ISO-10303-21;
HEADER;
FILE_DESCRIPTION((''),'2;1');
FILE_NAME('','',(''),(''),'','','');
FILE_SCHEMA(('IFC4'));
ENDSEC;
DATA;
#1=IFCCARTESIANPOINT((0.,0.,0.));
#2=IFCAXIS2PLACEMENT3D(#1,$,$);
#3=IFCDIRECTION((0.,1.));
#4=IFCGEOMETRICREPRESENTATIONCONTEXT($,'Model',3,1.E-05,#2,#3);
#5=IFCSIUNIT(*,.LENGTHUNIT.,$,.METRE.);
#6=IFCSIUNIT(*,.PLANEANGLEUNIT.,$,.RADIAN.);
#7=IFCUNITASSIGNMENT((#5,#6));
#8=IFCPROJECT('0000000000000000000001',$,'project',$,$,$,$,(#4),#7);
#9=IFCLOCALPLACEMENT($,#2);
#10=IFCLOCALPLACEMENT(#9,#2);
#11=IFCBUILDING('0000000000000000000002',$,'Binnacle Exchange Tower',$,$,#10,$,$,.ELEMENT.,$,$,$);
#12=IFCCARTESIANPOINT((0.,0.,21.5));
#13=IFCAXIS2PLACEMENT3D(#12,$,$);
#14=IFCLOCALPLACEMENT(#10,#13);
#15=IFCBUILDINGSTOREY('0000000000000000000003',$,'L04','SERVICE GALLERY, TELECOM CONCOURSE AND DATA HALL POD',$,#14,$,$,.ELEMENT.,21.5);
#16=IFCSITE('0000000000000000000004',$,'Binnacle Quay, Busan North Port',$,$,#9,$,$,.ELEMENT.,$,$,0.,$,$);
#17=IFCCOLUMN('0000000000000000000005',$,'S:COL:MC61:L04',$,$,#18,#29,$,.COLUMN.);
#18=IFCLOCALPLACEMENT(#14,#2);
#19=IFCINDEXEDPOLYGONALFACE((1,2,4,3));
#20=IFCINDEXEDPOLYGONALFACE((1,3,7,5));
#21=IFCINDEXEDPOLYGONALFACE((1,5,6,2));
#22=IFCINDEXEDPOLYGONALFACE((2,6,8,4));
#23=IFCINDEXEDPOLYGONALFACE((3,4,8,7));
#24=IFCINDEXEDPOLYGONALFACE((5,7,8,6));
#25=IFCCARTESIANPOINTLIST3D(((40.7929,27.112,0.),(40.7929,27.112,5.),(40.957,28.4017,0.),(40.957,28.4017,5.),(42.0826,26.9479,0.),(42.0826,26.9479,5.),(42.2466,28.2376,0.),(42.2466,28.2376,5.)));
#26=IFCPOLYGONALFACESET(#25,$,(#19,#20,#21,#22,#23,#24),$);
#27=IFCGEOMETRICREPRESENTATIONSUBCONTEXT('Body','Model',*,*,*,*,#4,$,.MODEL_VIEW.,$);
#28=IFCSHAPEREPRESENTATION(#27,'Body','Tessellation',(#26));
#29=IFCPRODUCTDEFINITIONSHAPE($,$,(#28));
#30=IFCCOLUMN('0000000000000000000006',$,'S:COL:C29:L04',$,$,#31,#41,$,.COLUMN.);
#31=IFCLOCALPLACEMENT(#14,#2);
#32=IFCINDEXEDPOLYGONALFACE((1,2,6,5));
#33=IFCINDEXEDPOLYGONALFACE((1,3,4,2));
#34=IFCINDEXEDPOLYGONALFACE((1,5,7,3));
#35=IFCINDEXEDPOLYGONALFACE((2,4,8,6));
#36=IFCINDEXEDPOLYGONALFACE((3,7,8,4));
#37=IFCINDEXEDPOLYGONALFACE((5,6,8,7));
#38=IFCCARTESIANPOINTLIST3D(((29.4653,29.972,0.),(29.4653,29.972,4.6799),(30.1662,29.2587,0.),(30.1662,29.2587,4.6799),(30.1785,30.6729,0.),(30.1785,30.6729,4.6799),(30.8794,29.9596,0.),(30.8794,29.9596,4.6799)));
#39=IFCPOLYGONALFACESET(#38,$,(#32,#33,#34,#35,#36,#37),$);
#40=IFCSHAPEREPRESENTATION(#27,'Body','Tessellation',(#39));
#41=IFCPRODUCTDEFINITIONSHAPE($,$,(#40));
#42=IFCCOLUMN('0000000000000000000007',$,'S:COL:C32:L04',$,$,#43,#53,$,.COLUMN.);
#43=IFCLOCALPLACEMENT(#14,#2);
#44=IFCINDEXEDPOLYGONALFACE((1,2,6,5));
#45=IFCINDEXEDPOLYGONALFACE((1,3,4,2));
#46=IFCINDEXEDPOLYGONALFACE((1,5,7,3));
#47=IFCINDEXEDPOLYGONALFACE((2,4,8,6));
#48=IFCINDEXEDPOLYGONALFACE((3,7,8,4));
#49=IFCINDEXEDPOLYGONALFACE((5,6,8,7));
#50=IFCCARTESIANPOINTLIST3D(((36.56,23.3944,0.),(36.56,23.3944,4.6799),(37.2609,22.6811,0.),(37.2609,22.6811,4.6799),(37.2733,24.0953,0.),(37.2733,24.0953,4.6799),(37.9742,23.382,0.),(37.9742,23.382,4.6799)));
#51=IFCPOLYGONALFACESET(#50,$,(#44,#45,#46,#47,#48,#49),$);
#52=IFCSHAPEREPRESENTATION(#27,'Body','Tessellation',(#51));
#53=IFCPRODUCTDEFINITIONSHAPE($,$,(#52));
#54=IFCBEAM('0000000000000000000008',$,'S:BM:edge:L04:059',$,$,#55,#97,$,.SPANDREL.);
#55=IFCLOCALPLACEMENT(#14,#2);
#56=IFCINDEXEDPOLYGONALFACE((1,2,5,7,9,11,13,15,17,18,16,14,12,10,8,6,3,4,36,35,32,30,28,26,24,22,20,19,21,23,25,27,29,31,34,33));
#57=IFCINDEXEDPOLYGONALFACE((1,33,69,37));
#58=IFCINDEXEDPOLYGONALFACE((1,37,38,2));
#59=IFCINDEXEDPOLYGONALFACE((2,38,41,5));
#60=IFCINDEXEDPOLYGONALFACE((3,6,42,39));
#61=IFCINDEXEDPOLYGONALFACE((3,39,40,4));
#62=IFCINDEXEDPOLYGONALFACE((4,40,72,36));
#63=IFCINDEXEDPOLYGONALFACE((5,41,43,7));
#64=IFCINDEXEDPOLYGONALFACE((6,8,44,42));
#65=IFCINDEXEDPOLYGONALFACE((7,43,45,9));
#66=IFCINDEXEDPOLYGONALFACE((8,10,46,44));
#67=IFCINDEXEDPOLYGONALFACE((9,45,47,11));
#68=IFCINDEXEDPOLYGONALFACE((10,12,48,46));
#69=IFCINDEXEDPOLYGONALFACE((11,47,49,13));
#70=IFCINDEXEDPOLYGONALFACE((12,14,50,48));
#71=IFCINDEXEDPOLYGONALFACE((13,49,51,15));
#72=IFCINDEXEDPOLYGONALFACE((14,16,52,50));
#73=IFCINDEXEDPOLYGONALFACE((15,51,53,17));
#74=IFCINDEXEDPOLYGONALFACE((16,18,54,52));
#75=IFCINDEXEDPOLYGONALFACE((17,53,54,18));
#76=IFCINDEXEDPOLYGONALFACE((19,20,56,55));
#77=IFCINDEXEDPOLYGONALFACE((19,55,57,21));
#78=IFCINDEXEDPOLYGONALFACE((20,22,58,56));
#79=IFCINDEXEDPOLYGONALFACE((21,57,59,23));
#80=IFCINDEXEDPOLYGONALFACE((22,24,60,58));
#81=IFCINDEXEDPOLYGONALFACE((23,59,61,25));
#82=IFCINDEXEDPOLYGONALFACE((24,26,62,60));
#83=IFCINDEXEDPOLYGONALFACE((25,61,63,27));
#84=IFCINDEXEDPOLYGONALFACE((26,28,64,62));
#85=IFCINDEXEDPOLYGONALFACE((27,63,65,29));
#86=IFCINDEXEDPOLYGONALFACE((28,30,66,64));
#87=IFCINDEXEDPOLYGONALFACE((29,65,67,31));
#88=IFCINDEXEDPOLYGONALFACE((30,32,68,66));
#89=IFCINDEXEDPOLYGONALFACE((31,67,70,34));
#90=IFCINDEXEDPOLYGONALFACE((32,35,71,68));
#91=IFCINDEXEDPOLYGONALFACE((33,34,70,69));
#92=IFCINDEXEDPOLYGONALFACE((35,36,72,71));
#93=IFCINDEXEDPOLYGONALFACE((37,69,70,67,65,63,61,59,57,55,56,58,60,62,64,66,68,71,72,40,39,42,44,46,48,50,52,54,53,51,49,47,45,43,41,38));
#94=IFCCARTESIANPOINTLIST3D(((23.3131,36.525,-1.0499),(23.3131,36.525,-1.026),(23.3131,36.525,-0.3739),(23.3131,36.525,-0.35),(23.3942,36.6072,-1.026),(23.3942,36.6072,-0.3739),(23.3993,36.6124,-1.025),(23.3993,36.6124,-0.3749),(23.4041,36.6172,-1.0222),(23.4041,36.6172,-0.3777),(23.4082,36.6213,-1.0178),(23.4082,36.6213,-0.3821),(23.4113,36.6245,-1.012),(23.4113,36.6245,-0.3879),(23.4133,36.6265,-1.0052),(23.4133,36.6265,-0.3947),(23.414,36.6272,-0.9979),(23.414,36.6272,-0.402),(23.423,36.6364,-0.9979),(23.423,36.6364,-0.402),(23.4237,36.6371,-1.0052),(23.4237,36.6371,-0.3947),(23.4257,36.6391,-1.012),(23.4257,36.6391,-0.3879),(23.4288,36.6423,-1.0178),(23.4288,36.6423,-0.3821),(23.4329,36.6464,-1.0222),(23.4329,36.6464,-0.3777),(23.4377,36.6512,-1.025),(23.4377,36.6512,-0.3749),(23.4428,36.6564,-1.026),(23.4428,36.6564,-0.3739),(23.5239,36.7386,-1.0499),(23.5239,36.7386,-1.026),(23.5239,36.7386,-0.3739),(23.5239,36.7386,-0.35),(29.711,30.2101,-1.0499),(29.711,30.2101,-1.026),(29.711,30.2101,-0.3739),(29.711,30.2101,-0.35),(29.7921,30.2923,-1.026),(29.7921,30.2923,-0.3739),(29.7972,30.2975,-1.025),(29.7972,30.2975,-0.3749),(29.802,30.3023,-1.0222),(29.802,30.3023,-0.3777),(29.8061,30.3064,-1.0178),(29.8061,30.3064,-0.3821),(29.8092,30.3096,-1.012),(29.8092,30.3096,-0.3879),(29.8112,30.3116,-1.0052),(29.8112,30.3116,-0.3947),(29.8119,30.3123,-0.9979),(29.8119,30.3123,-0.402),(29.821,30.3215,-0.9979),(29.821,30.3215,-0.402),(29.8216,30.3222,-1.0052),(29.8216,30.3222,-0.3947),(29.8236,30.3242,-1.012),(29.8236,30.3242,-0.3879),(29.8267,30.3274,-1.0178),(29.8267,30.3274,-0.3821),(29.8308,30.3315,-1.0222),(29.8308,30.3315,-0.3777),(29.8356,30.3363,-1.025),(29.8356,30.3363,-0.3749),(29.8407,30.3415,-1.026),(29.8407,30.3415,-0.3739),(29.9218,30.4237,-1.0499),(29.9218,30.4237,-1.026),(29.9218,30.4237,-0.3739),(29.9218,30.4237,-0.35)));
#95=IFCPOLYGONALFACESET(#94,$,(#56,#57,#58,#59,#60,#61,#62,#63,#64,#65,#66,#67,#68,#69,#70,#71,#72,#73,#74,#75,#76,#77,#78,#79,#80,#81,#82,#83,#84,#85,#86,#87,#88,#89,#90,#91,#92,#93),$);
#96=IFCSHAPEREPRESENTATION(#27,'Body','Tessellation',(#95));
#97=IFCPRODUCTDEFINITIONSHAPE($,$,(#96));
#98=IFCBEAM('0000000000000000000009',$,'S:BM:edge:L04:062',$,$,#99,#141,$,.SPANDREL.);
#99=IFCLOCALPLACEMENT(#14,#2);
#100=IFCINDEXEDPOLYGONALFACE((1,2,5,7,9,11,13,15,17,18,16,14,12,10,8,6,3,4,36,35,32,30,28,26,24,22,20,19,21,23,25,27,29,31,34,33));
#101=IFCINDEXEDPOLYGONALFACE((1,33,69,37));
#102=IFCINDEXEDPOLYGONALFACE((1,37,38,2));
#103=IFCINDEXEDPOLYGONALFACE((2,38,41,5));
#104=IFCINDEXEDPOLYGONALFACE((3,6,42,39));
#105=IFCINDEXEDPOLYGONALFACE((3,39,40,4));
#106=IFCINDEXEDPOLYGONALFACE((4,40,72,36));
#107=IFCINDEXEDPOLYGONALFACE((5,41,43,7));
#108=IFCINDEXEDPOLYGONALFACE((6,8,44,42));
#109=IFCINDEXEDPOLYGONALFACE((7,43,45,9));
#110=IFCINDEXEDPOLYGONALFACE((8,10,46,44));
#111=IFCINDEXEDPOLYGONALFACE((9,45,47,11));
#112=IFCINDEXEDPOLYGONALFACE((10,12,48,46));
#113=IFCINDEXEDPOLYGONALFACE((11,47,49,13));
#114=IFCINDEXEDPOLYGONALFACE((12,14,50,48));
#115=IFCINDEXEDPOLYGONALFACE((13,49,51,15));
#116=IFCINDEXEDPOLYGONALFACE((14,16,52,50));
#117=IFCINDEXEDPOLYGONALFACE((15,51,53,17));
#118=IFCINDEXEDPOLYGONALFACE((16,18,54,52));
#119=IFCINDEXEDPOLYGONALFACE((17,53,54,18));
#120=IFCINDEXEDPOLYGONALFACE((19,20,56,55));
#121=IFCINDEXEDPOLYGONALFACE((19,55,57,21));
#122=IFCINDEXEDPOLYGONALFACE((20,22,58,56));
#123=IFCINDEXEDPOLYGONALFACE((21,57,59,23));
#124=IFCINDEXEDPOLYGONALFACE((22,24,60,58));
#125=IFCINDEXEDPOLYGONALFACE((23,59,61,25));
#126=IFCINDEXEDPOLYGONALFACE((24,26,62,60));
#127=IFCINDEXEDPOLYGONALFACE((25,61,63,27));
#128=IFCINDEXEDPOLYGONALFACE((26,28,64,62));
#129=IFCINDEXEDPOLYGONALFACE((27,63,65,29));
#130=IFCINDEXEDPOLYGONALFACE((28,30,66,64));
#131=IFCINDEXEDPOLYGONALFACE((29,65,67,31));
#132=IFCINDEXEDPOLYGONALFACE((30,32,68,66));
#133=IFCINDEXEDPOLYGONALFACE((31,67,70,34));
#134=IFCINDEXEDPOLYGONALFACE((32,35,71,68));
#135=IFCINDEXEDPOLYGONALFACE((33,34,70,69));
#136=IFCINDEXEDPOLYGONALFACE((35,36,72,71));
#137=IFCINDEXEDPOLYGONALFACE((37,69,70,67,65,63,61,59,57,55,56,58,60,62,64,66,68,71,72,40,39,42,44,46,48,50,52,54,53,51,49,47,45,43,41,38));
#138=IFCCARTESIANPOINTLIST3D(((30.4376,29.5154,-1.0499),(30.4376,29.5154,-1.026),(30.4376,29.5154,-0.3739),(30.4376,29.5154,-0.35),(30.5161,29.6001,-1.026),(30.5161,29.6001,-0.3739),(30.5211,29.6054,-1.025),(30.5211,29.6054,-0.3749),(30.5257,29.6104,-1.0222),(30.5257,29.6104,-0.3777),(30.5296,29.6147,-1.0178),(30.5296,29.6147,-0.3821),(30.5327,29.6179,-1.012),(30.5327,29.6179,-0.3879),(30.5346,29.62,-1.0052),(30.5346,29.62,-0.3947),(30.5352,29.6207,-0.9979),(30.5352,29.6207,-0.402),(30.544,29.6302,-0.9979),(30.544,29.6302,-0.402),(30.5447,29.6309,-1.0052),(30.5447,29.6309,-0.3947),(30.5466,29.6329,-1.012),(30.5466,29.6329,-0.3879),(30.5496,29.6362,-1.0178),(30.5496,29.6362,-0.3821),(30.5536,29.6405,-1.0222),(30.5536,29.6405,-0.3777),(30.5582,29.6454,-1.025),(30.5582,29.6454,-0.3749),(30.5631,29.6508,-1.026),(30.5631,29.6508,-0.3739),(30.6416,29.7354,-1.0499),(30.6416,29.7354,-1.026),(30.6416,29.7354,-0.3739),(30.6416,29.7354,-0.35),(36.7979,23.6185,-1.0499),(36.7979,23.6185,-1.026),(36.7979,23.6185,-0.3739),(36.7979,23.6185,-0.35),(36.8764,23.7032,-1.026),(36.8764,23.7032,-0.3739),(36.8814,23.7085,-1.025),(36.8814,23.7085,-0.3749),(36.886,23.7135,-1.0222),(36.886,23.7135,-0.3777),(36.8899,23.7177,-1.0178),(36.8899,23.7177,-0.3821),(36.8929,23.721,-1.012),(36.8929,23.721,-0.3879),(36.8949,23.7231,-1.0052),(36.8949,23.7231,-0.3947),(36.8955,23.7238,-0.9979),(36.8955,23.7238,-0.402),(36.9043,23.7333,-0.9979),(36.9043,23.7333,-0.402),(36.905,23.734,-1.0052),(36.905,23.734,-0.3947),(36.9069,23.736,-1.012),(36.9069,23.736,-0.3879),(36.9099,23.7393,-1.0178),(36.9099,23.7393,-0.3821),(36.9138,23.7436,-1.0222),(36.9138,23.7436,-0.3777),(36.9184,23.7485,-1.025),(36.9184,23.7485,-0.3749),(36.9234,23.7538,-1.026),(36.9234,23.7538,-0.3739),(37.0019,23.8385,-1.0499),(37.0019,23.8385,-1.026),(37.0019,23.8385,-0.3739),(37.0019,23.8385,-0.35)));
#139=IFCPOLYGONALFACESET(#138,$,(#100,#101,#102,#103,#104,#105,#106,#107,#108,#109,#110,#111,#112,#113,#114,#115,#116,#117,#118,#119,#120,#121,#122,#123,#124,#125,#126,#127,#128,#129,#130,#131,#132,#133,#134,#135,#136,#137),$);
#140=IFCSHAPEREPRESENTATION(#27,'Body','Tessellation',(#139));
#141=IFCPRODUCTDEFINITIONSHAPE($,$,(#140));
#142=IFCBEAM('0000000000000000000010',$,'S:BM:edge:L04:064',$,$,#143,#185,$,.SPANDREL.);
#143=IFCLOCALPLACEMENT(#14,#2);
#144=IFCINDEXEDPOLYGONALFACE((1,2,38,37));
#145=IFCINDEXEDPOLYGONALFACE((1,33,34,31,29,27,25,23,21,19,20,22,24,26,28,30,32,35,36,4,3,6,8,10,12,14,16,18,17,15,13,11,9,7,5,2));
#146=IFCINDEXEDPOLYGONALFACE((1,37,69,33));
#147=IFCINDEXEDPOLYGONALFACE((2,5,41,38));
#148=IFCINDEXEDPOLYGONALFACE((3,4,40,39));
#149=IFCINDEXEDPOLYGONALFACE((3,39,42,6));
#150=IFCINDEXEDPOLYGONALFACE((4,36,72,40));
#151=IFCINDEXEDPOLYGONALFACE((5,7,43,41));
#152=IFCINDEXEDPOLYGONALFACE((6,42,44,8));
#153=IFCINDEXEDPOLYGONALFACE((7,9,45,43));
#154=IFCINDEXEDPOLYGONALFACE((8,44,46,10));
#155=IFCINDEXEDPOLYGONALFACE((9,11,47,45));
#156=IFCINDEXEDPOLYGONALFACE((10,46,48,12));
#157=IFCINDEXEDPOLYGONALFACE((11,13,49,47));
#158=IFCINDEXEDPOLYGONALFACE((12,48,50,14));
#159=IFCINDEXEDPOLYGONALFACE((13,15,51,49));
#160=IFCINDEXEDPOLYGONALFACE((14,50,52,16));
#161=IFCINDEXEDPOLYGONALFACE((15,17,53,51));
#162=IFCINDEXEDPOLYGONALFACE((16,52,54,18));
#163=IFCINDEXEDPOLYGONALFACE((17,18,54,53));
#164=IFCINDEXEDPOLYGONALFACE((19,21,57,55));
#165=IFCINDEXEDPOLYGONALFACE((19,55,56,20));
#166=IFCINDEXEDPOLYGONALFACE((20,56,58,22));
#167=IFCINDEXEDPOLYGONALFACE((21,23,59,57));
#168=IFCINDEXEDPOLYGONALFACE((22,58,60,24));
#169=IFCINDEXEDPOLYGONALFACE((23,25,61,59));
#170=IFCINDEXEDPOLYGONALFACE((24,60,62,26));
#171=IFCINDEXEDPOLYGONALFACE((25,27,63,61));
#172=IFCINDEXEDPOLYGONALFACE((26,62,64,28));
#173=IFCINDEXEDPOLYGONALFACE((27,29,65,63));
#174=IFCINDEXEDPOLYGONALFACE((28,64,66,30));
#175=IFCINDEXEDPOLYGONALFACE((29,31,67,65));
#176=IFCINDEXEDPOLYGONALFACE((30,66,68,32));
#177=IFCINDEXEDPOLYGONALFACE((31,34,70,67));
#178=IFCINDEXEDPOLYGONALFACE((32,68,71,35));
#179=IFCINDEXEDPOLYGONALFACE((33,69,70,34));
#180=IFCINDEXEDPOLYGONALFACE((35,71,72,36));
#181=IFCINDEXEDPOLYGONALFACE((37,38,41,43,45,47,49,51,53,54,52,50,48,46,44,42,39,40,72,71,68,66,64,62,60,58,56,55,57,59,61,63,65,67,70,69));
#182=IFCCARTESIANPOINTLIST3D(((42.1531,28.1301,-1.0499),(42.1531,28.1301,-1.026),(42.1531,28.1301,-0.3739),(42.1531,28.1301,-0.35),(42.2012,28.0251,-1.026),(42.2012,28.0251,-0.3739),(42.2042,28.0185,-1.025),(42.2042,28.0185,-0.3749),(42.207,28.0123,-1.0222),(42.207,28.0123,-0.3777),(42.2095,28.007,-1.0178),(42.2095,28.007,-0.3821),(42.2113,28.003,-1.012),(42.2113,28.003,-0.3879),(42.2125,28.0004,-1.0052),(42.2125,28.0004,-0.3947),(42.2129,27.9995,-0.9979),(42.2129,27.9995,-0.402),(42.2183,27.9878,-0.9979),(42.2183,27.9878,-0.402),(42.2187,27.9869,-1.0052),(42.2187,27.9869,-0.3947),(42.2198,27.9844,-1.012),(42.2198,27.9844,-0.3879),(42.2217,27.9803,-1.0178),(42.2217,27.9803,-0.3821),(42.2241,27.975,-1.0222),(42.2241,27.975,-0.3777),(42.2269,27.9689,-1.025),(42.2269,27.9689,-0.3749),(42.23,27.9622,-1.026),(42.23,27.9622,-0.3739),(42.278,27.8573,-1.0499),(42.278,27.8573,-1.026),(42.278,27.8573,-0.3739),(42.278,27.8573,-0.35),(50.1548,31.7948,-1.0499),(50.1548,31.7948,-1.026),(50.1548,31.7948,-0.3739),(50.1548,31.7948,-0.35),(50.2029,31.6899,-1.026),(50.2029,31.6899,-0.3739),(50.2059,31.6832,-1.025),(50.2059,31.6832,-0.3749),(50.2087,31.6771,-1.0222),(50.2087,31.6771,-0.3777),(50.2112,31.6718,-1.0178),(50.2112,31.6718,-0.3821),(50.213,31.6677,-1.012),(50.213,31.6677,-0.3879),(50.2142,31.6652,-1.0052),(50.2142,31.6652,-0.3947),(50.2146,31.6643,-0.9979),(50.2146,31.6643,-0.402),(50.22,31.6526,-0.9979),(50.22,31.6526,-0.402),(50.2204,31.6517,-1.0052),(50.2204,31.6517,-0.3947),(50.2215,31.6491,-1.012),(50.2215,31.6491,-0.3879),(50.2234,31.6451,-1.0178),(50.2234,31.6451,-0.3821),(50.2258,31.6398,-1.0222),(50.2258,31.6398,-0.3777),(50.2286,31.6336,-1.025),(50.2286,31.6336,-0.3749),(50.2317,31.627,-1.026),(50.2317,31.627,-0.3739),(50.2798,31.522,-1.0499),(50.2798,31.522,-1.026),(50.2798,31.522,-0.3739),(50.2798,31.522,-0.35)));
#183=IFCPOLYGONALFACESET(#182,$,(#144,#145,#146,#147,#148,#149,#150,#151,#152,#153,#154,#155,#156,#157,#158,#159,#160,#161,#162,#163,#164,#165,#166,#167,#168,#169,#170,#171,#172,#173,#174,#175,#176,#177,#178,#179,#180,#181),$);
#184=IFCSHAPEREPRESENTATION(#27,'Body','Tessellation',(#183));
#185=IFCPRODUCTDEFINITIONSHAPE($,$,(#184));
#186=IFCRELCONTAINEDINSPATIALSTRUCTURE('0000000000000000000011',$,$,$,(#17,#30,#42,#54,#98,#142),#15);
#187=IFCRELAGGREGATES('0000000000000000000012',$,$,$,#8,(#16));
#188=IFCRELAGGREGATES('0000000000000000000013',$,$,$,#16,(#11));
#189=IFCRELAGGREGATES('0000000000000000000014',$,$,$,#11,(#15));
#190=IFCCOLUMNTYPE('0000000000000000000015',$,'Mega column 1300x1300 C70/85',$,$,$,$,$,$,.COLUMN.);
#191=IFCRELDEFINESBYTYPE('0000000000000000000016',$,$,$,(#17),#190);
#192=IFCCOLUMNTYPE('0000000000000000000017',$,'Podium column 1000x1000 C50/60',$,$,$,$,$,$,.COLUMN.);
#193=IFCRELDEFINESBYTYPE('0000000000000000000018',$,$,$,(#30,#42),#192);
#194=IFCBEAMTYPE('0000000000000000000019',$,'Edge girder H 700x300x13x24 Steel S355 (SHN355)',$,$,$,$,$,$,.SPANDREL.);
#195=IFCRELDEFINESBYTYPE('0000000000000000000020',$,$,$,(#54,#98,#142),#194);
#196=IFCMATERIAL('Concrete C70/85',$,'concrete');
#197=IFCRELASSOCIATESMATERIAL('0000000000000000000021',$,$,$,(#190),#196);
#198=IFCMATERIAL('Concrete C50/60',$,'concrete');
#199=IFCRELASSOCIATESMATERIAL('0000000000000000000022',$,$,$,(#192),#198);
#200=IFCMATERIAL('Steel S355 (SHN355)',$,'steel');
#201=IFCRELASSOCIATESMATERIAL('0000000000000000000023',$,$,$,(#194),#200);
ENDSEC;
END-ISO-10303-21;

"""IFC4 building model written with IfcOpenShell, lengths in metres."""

from ifc_helpers import new_model, si_unit, direction, frame, origin, origin_2d, place, context, subcontext, project, spatial, rectangle, i_section, extrude, material, material_profile, profile_set, type_object, element, save


model = new_model("IFC4")

# Units and contexts
model_context = context("Model", 3, precision=1e-05, world=origin(), true_north=direction((0.0, 1.0)))
body_context = subcontext(model_context, "Body", "Model", "MODEL_VIEW")
ifc_project = project(units=[si_unit("LENGTHUNIT", "METRE"), si_unit("PLANEANGLEUNIT", "RADIAN")], contexts=[model_context])

# Site, building, storey
site_placement = place(None, origin())
site = spatial("IfcSite", under=ifc_project, at=site_placement, Name="Binnacle Quay, Busan North Port", CompositionType="ELEMENT", RefElevation=0.0)
building_placement = place(site_placement, origin())
building = spatial("IfcBuilding", under=site, at=building_placement, Name="Binnacle Exchange Tower", CompositionType="ELEMENT")
storey_placement = place(building_placement, frame((0.0, 0.0, 21.5)))
storey = spatial("IfcBuildingStorey", under=building, at=storey_placement, Name="L04", Description="SERVICE GALLERY, TELECOM CONCOURSE AND DATA HALL POD", CompositionType="ELEMENT", Elevation=21.5)

# Columns
ifc_material_1 = material(Name="Concrete C70/85", Category="concrete")
ifc_material_profile_1 = material_profile(ifc_material_1, rectangle(XDim=1.3, YDim=1.3, at=origin_2d()), Name="Mega column 1300x1300 C70/85")
ifc_profile_set_1 = profile_set([ifc_material_profile_1], Name="Concrete C70/85")
column_type_1 = type_object("IfcColumnType", Name="Mega column 1300x1300 C70/85", PredefinedType="COLUMN", material=ifc_profile_set_1)
column_placement = place(storey_placement, frame((41.5198, 27.6748, 0.0), z_axis=(0.0, 0.0, 1.0), x_axis=(0.992005, -0.126199, 0.0)))
element("IfcColumn", 1, at=column_placement, inside=storey, type_object=column_type_1, Name="S:COL:MC61:L04", PredefinedType="COLUMN", context=body_context, shape_type="SweptSolid", body=[
    extrude(rectangle(XDim=1.3, YDim=1.3, at=origin_2d()), origin(), (0.0, 0.0, 1.0), 5.0),
])
ifc_material_2 = material(Name="Concrete C50/60", Category="concrete")
ifc_material_profile_2 = material_profile(ifc_material_2, rectangle(XDim=1.0, YDim=1.0, at=origin_2d()), Name="Podium column 1000x1000 C50/60")
ifc_profile_set_2 = profile_set([ifc_material_profile_2], Name="Concrete C50/60")
column_type_2 = type_object("IfcColumnType", Name="Podium column 1000x1000 C50/60", PredefinedType="COLUMN", material=ifc_profile_set_2)
for number, where, z_axis, x_axis, name in (
    (2, (30.1724, 29.9658, 0.0), (0.0, 0.0, 1.0), (0.700909, -0.71325, 0.0), "S:COL:C29:L04"),
    (3, (37.2671, 23.3882, 0.0), (0.0, 0.0, 1.0), (0.700909, -0.71325, 0.0), "S:COL:C32:L04"),
):
    element("IfcColumn", number, at=place(storey_placement, frame(where, z_axis=z_axis, x_axis=x_axis)), inside=storey, type_object=column_type_2, Name=name, PredefinedType="COLUMN", context=body_context, shape_type="SweptSolid", body=[
        extrude(rectangle(XDim=1.0, YDim=1.0, at=origin_2d()), origin(), (0.0, 0.0, 1.0), 4.6799),
    ])

# Beams
ifc_material_3 = material(Name="Steel S355 (SHN355)", Category="steel")
ifc_material_profile_3 = material_profile(ifc_material_3, i_section(OverallWidth=0.3, OverallDepth=0.7, WebThickness=0.0129, FlangeThickness=0.0239, FilletRadius=0.0281, at=origin_2d()), Name="H 700x300x13x24")
ifc_profile_set_3 = profile_set([ifc_material_profile_3], Name="Steel S355 (SHN355)")
beam_type_1 = type_object("IfcBeamType", Name="Edge girder H 700x300x13x24 Steel S355 (SHN355)", PredefinedType="SPANDREL", material=ifc_profile_set_3)
beam_1_placement = place(storey_placement, frame((29.8164, 30.3169, -0.7), z_axis=(-0.711709, 0.702475, 0.0), x_axis=(-0.702475, -0.711709, 0.0)))
element("IfcBeam", 4, at=beam_1_placement, inside=storey, type_object=beam_type_1, Name="S:BM:edge:L04:059", PredefinedType="SPANDREL", context=body_context, shape_type="SweptSolid", body=[
    extrude(i_section(OverallWidth=0.3, OverallDepth=0.7, WebThickness=0.0129, FlangeThickness=0.0239, FilletRadius=0.0281, at=origin_2d()), origin(), (0.0, 0.0, 1.0), 8.9895),
])
beam_2_placement = place(storey_placement, frame((36.8999, 23.7285, -0.7), z_axis=(-0.733315, 0.679889, 0.0), x_axis=(-0.679889, -0.733315, 0.0)))
element("IfcBeam", 5, at=beam_2_placement, inside=storey, type_object=beam_type_1, Name="S:BM:edge:L04:062", PredefinedType="SPANDREL", context=body_context, shape_type="SweptSolid", body=[
    extrude(i_section(OverallWidth=0.3, OverallDepth=0.7, WebThickness=0.0129, FlangeThickness=0.0239, FilletRadius=0.0281, at=origin_2d()), origin(), (0.0, 0.0, 1.0), 8.6733),
])
beam_3_placement = place(storey_placement, frame((42.2156, 27.9937, -0.7), z_axis=(0.909179, 0.416405, 0.0), x_axis=(-0.416405, 0.909179, 0.0)))
element("IfcBeam", 6, at=beam_3_placement, inside=storey, type_object=beam_type_1, Name="S:BM:edge:L04:064", PredefinedType="SPANDREL", context=body_context, shape_type="SweptSolid", body=[
    extrude(i_section(OverallWidth=0.3, OverallDepth=0.7, WebThickness=0.0129, FlangeThickness=0.0239, FilletRadius=0.0281, at=origin_2d()), origin(), (0.0, 0.0, 1.0), 8.801),
])

save(model, "model.ifc")
